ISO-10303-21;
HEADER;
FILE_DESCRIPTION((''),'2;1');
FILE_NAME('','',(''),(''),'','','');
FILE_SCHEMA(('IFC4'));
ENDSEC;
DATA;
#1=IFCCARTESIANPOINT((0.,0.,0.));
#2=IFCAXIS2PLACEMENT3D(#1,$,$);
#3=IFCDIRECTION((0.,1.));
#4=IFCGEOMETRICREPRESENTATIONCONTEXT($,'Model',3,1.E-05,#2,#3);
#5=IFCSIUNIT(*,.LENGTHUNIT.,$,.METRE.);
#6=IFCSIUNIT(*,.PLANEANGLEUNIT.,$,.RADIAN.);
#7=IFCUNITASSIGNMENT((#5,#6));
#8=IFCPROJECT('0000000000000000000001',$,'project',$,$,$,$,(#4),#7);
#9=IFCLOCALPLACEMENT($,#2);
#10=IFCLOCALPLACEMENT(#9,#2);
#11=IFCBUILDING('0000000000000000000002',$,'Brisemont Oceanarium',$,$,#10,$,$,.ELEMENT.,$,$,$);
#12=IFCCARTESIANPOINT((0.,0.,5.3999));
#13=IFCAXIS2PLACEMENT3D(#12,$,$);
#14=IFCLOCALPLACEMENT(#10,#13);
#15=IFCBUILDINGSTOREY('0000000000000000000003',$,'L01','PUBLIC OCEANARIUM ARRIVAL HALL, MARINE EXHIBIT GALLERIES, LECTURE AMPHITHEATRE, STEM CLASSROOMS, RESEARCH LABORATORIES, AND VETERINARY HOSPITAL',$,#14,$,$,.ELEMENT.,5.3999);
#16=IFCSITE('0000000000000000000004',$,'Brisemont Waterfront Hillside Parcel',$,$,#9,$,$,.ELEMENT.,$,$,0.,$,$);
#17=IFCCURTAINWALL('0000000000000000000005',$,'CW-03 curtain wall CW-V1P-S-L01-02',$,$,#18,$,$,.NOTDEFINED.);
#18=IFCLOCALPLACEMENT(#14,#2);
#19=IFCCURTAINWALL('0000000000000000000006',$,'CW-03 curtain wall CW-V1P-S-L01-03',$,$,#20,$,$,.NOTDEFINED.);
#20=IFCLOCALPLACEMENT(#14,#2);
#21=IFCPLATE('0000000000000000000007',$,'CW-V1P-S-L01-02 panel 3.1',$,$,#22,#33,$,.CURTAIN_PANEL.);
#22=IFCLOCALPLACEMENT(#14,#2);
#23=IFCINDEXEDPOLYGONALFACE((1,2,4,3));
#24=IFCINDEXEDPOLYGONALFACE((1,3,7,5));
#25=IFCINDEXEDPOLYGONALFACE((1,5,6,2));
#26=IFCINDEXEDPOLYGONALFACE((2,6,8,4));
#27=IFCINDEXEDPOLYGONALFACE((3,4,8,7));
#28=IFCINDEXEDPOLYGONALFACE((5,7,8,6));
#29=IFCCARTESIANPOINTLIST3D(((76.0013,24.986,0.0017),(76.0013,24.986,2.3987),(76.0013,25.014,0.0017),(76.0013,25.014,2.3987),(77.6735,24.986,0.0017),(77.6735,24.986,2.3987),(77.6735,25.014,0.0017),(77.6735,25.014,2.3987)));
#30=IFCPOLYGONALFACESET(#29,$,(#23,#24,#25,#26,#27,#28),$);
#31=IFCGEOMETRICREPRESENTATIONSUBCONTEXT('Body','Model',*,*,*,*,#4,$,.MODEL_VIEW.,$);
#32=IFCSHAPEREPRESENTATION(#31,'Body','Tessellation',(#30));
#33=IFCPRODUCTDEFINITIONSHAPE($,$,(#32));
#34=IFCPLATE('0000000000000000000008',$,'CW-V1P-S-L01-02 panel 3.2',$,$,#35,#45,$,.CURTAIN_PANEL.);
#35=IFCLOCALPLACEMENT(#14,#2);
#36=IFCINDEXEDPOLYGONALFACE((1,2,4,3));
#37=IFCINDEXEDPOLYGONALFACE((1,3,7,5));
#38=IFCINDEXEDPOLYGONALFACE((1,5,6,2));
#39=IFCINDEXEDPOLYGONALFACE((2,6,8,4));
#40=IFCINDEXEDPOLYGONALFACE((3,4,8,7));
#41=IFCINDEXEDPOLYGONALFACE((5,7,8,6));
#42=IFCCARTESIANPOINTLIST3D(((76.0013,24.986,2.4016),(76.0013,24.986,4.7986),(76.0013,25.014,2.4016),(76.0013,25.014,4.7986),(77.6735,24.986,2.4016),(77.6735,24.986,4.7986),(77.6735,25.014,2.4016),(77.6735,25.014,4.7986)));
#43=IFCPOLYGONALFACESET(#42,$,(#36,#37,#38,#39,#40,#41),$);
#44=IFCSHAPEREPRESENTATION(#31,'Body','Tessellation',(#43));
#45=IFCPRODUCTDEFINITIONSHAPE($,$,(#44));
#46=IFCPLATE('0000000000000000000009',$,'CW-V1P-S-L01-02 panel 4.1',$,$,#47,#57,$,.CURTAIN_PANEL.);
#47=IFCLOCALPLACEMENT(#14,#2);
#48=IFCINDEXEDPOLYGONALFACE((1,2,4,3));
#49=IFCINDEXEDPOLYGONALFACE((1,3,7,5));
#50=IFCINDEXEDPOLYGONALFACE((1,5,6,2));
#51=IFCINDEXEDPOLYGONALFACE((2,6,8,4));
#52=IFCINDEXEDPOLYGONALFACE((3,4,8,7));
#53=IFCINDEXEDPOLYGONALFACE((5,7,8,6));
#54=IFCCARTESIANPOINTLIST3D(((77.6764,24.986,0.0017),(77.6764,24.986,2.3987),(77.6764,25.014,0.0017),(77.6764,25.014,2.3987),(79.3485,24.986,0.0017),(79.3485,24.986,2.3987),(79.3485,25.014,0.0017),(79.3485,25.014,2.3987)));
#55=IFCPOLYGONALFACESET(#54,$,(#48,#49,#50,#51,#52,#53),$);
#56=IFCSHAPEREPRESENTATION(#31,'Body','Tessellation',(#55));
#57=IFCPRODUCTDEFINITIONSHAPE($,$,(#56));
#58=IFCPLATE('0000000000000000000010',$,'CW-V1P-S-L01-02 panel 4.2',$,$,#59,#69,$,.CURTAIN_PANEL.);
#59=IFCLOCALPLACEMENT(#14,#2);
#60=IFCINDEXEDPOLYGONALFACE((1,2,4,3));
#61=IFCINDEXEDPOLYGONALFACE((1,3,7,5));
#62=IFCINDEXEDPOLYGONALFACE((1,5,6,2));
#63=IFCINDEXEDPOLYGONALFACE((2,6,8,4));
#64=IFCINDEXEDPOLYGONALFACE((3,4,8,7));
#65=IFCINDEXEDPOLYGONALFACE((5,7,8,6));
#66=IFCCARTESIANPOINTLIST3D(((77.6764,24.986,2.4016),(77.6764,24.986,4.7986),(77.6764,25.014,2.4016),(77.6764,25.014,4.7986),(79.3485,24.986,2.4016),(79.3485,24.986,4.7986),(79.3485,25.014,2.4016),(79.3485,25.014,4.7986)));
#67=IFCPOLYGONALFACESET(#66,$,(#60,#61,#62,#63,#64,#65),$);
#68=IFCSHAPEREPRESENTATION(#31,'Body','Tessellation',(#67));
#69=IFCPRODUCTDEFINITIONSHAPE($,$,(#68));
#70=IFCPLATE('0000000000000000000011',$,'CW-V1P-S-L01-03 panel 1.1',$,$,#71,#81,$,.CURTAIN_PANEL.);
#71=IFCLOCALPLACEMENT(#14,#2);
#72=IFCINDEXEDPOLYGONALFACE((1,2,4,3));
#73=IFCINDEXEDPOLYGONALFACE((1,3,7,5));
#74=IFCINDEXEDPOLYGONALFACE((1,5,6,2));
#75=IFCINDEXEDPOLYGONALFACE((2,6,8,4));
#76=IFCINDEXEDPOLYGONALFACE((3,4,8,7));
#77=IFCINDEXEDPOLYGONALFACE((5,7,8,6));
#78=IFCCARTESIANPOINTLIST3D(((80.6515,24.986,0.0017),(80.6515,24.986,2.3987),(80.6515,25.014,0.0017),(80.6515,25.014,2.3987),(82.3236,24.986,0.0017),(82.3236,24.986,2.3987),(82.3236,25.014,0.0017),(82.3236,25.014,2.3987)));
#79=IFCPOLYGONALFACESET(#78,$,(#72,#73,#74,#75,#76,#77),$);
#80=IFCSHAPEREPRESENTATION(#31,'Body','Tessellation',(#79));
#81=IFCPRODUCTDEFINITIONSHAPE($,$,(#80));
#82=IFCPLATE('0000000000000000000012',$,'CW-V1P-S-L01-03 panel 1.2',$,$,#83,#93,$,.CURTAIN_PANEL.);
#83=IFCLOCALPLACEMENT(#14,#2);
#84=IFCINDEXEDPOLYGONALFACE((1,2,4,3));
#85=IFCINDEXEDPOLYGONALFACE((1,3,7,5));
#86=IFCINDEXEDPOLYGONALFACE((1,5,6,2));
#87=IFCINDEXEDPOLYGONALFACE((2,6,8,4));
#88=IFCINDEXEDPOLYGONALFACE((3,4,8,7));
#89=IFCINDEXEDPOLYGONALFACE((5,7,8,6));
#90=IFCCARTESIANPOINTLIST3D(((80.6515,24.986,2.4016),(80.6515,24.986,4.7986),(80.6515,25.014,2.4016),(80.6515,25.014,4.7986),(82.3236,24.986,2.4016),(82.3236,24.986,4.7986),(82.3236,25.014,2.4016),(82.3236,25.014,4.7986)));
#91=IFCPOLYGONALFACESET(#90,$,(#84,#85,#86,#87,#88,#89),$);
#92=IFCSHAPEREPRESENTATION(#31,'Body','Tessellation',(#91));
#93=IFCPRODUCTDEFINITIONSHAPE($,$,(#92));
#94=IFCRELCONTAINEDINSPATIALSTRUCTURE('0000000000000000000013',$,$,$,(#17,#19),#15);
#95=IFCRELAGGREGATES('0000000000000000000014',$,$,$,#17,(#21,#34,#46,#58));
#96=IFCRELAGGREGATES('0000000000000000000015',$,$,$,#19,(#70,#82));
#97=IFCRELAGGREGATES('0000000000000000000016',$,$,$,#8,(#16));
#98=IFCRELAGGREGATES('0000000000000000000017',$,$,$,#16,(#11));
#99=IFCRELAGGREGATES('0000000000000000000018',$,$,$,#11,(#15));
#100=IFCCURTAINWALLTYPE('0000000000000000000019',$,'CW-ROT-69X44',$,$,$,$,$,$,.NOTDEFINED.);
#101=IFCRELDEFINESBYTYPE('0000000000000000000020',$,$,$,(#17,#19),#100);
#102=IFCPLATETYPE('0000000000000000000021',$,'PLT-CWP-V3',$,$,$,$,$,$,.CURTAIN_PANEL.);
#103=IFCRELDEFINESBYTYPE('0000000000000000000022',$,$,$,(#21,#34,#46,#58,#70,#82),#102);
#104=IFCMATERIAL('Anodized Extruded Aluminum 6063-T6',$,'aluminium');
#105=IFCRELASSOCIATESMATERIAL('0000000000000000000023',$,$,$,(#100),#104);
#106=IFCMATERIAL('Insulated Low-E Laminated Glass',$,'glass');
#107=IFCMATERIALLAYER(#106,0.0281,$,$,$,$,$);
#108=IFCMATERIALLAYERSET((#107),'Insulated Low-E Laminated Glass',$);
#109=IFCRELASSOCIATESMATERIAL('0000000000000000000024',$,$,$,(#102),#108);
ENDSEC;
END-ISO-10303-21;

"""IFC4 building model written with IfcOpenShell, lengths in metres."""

from ifc_helpers import new_model, si_unit, direction, frame, origin, origin_2d, place, context, subcontext, project, spatial, rectangle, extrude, material, layer, layer_set, type_object, element, aggregate, save


model = new_model("IFC4")

# Units and contexts
model_context = context("Model", 3, precision=1e-05, world=origin(), true_north=direction((0.0, 1.0)))
body_context = subcontext(model_context, "Body", "Model", "MODEL_VIEW")
ifc_project = project(units=[si_unit("LENGTHUNIT", "METRE"), si_unit("PLANEANGLEUNIT", "RADIAN")], contexts=[model_context])

# Site, building, storey
site_placement = place(None, origin())
site = spatial("IfcSite", under=ifc_project, at=site_placement, Name="Brisemont Waterfront Hillside Parcel", CompositionType="ELEMENT", RefElevation=0.0)
building_placement = place(site_placement, origin())
building = spatial("IfcBuilding", under=site, at=building_placement, Name="Brisemont Oceanarium", CompositionType="ELEMENT")
storey_placement = place(building_placement, frame((0.0, 0.0, 5.3999)))
storey = spatial("IfcBuildingStorey", under=building, at=storey_placement, Name="L01", Description="PUBLIC OCEANARIUM ARRIVAL HALL, MARINE EXHIBIT GALLERIES, LECTURE AMPHITHEATRE, STEM CLASSROOMS, RESEARCH LABORATORIES, AND VETERINARY HOSPITAL", CompositionType="ELEMENT", Elevation=5.3999)

# Curtain walls
ifc_material_1 = material(Name="Anodized Extruded Aluminum 6063-T6", Category="aluminium")
curtain_wall_type = type_object("IfcCurtainWallType", Name="CW-ROT-69X44", PredefinedType="NOTDEFINED", material=ifc_material_1)
curtain_wall_1_placement = place(storey_placement, origin())
curtain_wall_1 = element("IfcCurtainWall", 1, at=curtain_wall_1_placement, inside=storey, type_object=curtain_wall_type, Name="CW-03 curtain wall CW-V1P-S-L01-02", PredefinedType="NOTDEFINED")
curtain_wall_2_placement = place(storey_placement, origin())
curtain_wall_2 = element("IfcCurtainWall", 2, at=curtain_wall_2_placement, inside=storey, type_object=curtain_wall_type, Name="CW-03 curtain wall CW-V1P-S-L01-03", PredefinedType="NOTDEFINED")

# Plates
ifc_material_2 = material(Name="Insulated Low-E Laminated Glass", Category="glass")
ifc_layer = layer(ifc_material_2, 0.0281)
ifc_layer_set = layer_set([ifc_layer], Name="Insulated Low-E Laminated Glass")
plate_type = type_object("IfcPlateType", Name="PLT-CWP-V3", PredefinedType="CURTAIN_PANEL", material=ifc_layer_set)
plate_1_placement = place(storey_placement, frame((76.8374, 25.0, 0.0017), z_axis=(0.0, 0.0, 1.0), x_axis=(1.0, 0.0, 0.0)))
plate_1 = element("IfcPlate", 3, at=plate_1_placement, type_object=plate_type, Name="CW-V1P-S-L01-02 panel 3.1", PredefinedType="CURTAIN_PANEL", context=body_context, shape_type="SweptSolid", body=[
    extrude(rectangle(XDim=1.6721, YDim=0.0281, at=origin_2d()), origin(), (0.0, 0.0, 1.0), 2.397),
])
plate_2_placement = place(storey_placement, frame((76.8374, 25.0, 2.4016), z_axis=(0.0, 0.0, 1.0), x_axis=(1.0, 0.0, 0.0)))
plate_2 = element("IfcPlate", 4, at=plate_2_placement, type_object=plate_type, Name="CW-V1P-S-L01-02 panel 3.2", PredefinedType="CURTAIN_PANEL", context=body_context, shape_type="SweptSolid", body=[
    extrude(rectangle(XDim=1.6721, YDim=0.0281, at=origin_2d()), origin(), (0.0, 0.0, 1.0), 2.397),
])
plate_3_placement = place(storey_placement, frame((78.5125, 25.0, 0.0017), z_axis=(0.0, 0.0, 1.0), x_axis=(1.0, 0.0, 0.0)))
plate_3 = element("IfcPlate", 5, at=plate_3_placement, type_object=plate_type, Name="CW-V1P-S-L01-02 panel 4.1", PredefinedType="CURTAIN_PANEL", context=body_context, shape_type="SweptSolid", body=[
    extrude(rectangle(XDim=1.6721, YDim=0.0281, at=origin_2d()), origin(), (0.0, 0.0, 1.0), 2.397),
])
plate_4_placement = place(storey_placement, frame((78.5125, 25.0, 2.4016), z_axis=(0.0, 0.0, 1.0), x_axis=(1.0, 0.0, 0.0)))
plate_4 = element("IfcPlate", 6, at=plate_4_placement, type_object=plate_type, Name="CW-V1P-S-L01-02 panel 4.2", PredefinedType="CURTAIN_PANEL", context=body_context, shape_type="SweptSolid", body=[
    extrude(rectangle(XDim=1.6721, YDim=0.0281, at=origin_2d()), origin(), (0.0, 0.0, 1.0), 2.397),
])
aggregate(curtain_wall_1, [plate_1, plate_2, plate_3, plate_4])
plate_5_placement = place(storey_placement, frame((81.4875, 25.0, 0.0017), z_axis=(0.0, 0.0, 1.0), x_axis=(1.0, 0.0, 0.0)))
plate_5 = element("IfcPlate", 7, at=plate_5_placement, type_object=plate_type, Name="CW-V1P-S-L01-03 panel 1.1", PredefinedType="CURTAIN_PANEL", context=body_context, shape_type="SweptSolid", body=[
    extrude(rectangle(XDim=1.6721, YDim=0.0281, at=origin_2d()), origin(), (0.0, 0.0, 1.0), 2.397),
])
plate_6_placement = place(storey_placement, frame((81.4875, 25.0, 2.4016), z_axis=(0.0, 0.0, 1.0), x_axis=(1.0, 0.0, 0.0)))
plate_6 = element("IfcPlate", 8, at=plate_6_placement, type_object=plate_type, Name="CW-V1P-S-L01-03 panel 1.2", PredefinedType="CURTAIN_PANEL", context=body_context, shape_type="SweptSolid", body=[
    extrude(rectangle(XDim=1.6721, YDim=0.0281, at=origin_2d()), origin(), (0.0, 0.0, 1.0), 2.397),
])
aggregate(curtain_wall_2, [plate_5, plate_6])

save(model, "model.ifc")
